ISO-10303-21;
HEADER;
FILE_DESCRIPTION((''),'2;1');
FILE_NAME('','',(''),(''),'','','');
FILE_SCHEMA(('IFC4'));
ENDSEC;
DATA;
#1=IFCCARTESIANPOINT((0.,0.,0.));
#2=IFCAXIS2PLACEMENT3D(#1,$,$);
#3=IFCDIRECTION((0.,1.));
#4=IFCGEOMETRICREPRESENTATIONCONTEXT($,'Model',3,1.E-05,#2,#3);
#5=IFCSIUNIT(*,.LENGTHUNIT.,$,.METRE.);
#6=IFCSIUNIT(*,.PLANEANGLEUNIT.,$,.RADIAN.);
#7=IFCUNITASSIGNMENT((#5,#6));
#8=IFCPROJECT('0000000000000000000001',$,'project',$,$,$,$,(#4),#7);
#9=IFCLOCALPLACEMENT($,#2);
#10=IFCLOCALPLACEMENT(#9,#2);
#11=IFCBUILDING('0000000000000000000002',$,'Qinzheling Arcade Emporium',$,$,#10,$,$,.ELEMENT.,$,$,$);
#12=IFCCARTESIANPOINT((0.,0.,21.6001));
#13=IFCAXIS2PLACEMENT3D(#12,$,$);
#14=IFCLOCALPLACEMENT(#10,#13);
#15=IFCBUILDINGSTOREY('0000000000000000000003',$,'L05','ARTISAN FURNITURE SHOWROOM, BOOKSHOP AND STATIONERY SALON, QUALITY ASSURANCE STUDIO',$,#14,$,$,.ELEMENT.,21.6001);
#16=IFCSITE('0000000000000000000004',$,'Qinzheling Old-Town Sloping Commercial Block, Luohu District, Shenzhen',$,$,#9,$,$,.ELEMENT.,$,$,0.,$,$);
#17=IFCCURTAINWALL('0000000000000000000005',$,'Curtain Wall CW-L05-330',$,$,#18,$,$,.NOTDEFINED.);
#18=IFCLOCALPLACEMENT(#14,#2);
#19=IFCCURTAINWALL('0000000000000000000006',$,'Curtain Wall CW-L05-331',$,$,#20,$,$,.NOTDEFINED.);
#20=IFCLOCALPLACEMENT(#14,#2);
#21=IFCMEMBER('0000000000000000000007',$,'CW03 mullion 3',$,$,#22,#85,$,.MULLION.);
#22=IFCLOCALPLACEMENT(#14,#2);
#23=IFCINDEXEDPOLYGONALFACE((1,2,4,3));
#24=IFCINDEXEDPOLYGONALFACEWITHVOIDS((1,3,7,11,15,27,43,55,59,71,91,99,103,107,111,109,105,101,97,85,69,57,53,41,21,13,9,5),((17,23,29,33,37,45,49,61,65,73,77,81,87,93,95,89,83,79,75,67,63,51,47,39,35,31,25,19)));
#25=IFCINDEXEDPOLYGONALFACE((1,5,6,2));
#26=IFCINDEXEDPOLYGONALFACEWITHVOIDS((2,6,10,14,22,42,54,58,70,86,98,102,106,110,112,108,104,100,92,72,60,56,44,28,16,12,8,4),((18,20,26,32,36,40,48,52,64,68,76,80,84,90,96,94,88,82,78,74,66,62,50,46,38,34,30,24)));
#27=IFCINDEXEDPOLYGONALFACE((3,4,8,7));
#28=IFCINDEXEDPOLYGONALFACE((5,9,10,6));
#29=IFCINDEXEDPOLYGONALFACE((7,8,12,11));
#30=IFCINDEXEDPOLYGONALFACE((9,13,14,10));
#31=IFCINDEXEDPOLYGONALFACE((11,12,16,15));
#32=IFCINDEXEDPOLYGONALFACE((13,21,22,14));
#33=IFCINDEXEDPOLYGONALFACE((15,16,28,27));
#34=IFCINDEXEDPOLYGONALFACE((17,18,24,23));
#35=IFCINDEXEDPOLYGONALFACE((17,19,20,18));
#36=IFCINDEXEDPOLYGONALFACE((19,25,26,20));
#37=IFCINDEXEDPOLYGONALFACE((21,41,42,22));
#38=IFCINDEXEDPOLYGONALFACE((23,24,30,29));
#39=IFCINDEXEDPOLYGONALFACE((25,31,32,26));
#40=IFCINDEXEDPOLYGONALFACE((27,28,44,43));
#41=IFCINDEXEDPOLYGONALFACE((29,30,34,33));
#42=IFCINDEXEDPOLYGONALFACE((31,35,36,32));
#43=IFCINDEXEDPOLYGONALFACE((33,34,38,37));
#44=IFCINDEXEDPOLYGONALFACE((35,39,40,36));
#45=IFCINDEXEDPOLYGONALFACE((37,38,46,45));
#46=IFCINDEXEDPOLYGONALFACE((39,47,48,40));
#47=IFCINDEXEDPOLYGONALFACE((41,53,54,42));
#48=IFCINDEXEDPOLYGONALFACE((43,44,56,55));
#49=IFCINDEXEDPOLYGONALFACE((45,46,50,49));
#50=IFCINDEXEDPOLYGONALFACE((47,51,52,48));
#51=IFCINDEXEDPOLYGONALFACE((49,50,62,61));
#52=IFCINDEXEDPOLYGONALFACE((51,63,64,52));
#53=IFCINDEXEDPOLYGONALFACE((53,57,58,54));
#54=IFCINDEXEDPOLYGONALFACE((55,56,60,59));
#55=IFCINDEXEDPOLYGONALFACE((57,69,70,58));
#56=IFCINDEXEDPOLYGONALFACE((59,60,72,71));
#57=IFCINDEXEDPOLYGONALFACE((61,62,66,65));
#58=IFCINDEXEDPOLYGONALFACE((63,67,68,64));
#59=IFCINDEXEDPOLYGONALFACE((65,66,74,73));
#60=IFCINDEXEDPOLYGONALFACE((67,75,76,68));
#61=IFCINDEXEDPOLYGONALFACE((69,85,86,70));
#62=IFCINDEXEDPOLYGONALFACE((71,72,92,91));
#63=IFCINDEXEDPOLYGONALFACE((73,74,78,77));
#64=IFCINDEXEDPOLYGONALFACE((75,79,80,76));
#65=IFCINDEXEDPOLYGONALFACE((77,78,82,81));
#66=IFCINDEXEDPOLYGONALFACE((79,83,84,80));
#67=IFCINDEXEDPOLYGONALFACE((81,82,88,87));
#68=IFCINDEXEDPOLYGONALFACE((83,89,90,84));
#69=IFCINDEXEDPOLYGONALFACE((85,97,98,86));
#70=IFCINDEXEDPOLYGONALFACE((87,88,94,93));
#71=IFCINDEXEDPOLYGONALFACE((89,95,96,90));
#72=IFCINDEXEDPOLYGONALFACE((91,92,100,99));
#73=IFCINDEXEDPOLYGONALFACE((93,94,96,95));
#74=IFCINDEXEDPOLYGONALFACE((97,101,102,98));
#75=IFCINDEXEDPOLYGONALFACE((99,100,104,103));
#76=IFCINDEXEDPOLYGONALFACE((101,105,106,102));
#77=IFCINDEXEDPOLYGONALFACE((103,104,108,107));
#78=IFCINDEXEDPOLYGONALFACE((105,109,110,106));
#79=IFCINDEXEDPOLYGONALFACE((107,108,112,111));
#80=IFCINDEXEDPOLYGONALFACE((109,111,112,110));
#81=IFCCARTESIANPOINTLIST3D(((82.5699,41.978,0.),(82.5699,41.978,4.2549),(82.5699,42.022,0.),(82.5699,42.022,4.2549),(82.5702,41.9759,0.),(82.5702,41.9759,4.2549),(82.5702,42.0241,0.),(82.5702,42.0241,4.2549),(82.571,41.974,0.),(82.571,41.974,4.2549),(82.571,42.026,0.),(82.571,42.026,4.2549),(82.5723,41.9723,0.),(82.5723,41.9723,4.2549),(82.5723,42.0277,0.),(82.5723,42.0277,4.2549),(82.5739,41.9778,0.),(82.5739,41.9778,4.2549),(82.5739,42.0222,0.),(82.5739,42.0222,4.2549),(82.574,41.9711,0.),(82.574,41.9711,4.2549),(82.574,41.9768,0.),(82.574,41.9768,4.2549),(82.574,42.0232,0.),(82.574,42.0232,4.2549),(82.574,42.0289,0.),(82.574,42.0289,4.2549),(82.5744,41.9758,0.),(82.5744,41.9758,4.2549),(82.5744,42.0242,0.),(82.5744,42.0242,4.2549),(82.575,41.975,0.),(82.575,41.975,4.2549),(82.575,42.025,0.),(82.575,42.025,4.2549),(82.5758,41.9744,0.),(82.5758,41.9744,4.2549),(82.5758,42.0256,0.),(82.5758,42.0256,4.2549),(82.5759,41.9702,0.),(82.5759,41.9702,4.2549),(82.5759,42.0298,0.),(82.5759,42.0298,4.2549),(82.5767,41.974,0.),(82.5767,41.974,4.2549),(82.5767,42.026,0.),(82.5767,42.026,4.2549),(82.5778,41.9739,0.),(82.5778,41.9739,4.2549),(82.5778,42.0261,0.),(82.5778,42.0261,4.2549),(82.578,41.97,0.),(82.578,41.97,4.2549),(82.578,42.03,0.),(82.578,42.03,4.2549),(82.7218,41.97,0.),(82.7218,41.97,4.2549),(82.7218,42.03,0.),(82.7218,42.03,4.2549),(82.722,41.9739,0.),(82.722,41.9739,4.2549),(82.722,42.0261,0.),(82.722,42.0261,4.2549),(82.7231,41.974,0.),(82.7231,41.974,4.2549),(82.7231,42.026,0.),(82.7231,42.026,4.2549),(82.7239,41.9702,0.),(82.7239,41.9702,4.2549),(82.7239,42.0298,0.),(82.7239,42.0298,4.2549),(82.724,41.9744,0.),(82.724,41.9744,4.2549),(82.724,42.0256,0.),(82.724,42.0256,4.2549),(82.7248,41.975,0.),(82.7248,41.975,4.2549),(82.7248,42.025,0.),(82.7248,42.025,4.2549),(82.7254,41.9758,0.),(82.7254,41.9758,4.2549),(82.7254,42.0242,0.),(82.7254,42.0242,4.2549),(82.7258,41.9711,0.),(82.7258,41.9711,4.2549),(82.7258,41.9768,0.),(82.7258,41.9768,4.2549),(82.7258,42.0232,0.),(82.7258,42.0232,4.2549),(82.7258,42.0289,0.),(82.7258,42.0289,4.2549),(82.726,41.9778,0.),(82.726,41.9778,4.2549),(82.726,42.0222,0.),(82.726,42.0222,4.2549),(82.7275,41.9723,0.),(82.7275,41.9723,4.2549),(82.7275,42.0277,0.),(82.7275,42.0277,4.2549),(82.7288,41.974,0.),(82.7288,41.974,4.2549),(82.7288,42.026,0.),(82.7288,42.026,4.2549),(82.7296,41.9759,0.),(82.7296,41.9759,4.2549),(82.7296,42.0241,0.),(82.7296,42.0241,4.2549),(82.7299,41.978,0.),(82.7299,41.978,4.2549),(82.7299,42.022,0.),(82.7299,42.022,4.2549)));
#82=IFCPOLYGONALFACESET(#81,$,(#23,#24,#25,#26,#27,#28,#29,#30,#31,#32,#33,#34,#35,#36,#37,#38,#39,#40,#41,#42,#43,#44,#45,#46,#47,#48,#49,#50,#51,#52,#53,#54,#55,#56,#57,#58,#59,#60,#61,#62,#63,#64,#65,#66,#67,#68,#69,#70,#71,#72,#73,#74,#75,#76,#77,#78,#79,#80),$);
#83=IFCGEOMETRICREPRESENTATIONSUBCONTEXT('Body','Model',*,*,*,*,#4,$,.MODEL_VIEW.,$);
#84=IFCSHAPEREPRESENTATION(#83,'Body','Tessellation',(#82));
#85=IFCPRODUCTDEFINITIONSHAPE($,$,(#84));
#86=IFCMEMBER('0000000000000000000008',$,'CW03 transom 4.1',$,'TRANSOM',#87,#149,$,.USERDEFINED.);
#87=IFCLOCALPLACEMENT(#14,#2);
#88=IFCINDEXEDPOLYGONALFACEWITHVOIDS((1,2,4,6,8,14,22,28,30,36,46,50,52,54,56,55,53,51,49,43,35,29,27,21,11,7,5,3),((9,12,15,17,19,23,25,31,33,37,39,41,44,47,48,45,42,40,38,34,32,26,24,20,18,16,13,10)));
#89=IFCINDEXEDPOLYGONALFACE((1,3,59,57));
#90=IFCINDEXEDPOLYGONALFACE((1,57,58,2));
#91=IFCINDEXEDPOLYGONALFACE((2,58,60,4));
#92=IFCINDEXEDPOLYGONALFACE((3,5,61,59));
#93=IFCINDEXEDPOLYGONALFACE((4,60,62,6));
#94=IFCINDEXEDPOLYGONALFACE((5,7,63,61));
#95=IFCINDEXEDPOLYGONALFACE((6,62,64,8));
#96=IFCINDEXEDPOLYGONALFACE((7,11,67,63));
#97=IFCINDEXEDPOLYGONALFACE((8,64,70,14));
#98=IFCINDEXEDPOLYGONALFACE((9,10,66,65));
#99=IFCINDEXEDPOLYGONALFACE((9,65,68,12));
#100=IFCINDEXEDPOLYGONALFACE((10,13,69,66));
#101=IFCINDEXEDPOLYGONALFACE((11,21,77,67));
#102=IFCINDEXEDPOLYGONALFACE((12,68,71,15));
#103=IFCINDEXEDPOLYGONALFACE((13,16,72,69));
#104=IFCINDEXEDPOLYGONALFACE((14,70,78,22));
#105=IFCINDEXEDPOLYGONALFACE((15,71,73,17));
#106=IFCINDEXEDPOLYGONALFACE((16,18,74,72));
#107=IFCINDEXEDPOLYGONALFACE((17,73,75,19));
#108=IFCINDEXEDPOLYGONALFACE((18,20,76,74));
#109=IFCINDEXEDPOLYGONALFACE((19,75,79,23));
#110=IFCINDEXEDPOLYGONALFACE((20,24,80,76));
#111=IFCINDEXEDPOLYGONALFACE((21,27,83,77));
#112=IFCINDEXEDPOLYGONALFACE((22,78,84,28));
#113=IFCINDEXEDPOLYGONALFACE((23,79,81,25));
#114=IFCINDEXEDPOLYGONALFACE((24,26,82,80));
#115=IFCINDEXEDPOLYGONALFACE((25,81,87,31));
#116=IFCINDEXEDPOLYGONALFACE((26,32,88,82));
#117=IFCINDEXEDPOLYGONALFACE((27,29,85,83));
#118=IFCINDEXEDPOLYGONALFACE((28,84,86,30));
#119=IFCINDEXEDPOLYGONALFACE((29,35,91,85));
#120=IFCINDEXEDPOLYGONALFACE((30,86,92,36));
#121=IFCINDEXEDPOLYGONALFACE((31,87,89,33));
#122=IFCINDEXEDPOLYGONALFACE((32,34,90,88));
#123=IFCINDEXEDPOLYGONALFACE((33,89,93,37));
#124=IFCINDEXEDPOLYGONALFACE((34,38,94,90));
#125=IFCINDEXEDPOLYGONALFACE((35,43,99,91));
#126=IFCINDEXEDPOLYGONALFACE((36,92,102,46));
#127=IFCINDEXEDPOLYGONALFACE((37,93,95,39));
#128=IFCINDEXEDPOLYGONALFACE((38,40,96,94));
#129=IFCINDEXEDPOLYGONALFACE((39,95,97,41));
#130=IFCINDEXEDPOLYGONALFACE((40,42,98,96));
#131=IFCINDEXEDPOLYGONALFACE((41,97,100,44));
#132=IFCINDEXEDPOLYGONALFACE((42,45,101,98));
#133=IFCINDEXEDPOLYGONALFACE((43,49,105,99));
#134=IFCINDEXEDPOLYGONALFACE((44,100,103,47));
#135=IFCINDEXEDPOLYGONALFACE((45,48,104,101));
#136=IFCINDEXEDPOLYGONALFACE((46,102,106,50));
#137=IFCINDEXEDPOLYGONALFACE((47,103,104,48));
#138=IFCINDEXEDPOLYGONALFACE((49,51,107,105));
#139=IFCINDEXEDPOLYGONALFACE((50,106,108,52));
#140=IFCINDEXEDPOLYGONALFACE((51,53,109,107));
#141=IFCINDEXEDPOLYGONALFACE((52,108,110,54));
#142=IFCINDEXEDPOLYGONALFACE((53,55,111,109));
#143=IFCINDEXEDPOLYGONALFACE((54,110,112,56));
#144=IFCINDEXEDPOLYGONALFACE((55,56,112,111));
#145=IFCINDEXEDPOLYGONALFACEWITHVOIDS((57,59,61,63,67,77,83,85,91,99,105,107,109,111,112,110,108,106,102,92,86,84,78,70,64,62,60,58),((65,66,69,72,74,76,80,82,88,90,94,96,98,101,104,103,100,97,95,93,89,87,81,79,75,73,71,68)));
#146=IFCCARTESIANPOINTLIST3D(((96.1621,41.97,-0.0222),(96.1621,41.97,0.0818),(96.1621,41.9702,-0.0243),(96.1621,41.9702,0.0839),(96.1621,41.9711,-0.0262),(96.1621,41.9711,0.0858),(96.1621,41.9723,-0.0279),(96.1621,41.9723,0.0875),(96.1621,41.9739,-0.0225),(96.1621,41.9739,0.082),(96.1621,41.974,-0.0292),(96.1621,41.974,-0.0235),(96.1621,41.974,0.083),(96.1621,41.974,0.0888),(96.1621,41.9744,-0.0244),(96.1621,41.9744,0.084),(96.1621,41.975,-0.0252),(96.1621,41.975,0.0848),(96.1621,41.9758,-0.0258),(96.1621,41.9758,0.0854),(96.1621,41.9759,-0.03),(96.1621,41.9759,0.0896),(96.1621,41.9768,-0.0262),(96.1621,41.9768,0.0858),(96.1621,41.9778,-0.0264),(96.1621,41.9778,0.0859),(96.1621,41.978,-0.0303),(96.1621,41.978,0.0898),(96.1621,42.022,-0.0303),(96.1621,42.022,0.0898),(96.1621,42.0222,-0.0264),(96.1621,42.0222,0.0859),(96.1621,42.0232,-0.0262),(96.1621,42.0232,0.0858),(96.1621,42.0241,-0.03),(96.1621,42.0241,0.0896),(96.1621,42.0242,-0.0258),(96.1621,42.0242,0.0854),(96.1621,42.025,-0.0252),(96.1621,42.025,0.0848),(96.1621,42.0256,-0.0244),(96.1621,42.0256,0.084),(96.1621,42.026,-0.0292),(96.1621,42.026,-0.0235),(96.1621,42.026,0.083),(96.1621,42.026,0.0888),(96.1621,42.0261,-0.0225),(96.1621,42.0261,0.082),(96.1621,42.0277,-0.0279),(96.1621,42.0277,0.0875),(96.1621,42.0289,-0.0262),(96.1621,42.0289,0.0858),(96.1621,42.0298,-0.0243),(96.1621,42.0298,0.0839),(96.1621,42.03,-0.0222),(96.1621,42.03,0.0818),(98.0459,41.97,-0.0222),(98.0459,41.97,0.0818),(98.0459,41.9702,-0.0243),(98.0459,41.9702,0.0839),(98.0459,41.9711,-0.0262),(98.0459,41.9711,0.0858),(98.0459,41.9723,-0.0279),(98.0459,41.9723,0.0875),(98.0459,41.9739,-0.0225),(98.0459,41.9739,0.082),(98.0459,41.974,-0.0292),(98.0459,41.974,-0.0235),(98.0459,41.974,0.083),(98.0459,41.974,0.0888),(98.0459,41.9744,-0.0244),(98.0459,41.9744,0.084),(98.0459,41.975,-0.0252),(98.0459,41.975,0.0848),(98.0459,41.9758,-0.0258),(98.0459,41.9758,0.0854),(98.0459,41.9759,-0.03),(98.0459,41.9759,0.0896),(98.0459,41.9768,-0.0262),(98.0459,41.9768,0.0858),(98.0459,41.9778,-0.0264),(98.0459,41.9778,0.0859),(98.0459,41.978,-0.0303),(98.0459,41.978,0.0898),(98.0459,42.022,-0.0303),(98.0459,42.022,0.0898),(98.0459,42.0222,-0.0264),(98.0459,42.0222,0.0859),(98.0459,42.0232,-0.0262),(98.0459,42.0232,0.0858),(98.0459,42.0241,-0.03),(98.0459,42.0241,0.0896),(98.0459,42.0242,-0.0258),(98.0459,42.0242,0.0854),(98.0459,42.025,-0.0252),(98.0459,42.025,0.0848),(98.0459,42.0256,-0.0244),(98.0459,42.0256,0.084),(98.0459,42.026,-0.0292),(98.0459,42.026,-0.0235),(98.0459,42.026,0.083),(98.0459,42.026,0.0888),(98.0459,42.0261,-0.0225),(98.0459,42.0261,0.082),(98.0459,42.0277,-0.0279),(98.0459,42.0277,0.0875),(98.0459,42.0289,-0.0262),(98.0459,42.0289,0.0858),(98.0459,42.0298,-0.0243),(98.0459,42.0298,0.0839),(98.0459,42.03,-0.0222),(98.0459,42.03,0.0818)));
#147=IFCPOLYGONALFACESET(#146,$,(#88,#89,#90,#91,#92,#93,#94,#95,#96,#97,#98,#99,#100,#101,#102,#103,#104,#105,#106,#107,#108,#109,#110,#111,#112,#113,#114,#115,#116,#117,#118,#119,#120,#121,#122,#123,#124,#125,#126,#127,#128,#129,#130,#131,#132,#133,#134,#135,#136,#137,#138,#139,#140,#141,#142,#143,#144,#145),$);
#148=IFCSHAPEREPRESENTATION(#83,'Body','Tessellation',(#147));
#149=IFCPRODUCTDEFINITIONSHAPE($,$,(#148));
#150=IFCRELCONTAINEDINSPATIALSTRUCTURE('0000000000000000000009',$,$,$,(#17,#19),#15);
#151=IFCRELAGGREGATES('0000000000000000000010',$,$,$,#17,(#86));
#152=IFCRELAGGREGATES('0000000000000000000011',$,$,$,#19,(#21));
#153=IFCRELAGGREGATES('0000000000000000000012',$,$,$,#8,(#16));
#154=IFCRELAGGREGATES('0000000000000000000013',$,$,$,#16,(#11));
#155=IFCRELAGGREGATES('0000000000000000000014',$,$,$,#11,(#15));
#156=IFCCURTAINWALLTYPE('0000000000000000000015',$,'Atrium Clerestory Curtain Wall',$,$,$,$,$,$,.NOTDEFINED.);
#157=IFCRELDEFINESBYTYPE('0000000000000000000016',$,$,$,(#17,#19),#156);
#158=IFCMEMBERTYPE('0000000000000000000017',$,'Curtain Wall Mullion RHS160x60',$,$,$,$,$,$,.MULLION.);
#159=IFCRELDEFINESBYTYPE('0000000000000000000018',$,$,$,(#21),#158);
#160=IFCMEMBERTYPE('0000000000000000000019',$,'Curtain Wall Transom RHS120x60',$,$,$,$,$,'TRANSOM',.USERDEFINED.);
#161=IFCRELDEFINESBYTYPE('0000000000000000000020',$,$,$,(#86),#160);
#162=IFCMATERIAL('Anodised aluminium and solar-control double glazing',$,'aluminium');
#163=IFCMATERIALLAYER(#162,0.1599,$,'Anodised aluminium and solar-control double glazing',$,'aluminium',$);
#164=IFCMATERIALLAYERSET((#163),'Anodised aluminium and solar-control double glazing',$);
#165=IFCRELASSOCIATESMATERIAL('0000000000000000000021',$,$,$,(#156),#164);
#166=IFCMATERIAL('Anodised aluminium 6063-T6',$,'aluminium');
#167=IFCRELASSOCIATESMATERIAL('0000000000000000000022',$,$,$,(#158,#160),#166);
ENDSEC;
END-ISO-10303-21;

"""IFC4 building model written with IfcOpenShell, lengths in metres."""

from ifc_helpers import new_model, si_unit, direction, frame, origin, origin_2d, place, context, subcontext, project, spatial, hollow_rectangle, extrude, material, layer, layer_set, material_profile, profile_set, type_object, element, aggregate, save


model = new_model("IFC4")

# Units and contexts
model_context = context("Model", 3, precision=1e-05, world=origin(), true_north=direction((0.0, 1.0)))
body_context = subcontext(model_context, "Body", "Model", "MODEL_VIEW")
ifc_project = project(units=[si_unit("LENGTHUNIT", "METRE"), si_unit("PLANEANGLEUNIT", "RADIAN")], contexts=[model_context])

# Site, building, storey
site_placement = place(None, origin())
site = spatial("IfcSite", under=ifc_project, at=site_placement, Name="Qinzheling Old-Town Sloping Commercial Block, Luohu District, Shenzhen", CompositionType="ELEMENT", RefElevation=0.0)
building_placement = place(site_placement, origin())
building = spatial("IfcBuilding", under=site, at=building_placement, Name="Qinzheling Arcade Emporium", CompositionType="ELEMENT")
storey_placement = place(building_placement, frame((0.0, 0.0, 21.6001)))
storey = spatial("IfcBuildingStorey", under=building, at=storey_placement, Name="L05", Description="ARTISAN FURNITURE SHOWROOM, BOOKSHOP AND STATIONERY SALON, QUALITY ASSURANCE STUDIO", CompositionType="ELEMENT", Elevation=21.6001)

# Curtain walls, member
ifc_material_1 = material(Name="Anodised aluminium and solar-control double glazing", Category="aluminium")
ifc_layer_1 = layer(ifc_material_1, 0.1599, Name="Anodised aluminium and solar-control double glazing", Category="aluminium")
ifc_layer_set_1 = layer_set([ifc_layer_1], Name="Anodised aluminium and solar-control double glazing")
curtain_wall_type = type_object("IfcCurtainWallType", Name="Atrium Clerestory Curtain Wall", PredefinedType="NOTDEFINED", material=ifc_layer_set_1)
curtain_wall_1_placement = place(storey_placement, origin())
curtain_wall_1 = element("IfcCurtainWall", 1, at=curtain_wall_1_placement, inside=storey, type_object=curtain_wall_type, Name="Curtain Wall CW-L05-330", PredefinedType="NOTDEFINED")
ifc_material_2 = material(Name="Anodised aluminium 6063-T6", Category="aluminium")
ifc_material_profile_1 = material_profile(ifc_material_2, hollow_rectangle(XDim=0.0601, YDim=0.1599, WallThickness=0.0039, InnerFilletRadius=0.0039, OuterFilletRadius=0.0081, at=origin_2d()), Name="RHS 160x60x4", Category="aluminium")
ifc_profile_set_1 = profile_set([ifc_material_profile_1], Name="Anodised aluminium 6063-T6")
member_type_1 = type_object("IfcMemberType", Name="Curtain Wall Mullion RHS160x60", PredefinedType="MULLION", material=ifc_profile_set_1)
curtain_wall_2_placement = place(storey_placement, origin())
curtain_wall_2 = element("IfcCurtainWall", 2, at=curtain_wall_2_placement, inside=storey, type_object=curtain_wall_type, Name="Curtain Wall CW-L05-331", PredefinedType="NOTDEFINED")
member_1_placement = place(storey_placement, frame((82.6499, 42.0, 0.0), z_axis=(0.0, 0.0, 1.0), x_axis=(0.0, -1.0, 0.0)))
member_1 = element("IfcMember", 3, at=member_1_placement, type_object=member_type_1, Name="CW03 mullion 3", PredefinedType="MULLION", context=body_context, shape_type="SweptSolid", body=[
    extrude(hollow_rectangle(XDim=0.0601, YDim=0.1599, WallThickness=0.0039, InnerFilletRadius=0.0039, OuterFilletRadius=0.0081, at=origin_2d()), origin(), (0.0, 0.0, 1.0), 4.2549),
])

# Member
ifc_material_profile_2 = material_profile(ifc_material_2, hollow_rectangle(XDim=0.0601, YDim=0.1201, WallThickness=0.0039, InnerFilletRadius=0.0039, OuterFilletRadius=0.0081, at=origin_2d()), Name="RHS 120x60x4", Category="aluminium")
ifc_profile_set_2 = profile_set([ifc_material_profile_2], Name="Anodised aluminium 6063-T6")
member_type_2 = type_object("IfcMemberType", Name="Curtain Wall Transom RHS120x60", ElementType="TRANSOM", PredefinedType="USERDEFINED", material=ifc_profile_set_2)
member_2_placement = place(storey_placement, frame((98.0459, 42.0, 0.0298), z_axis=(-1.0, 0.0, 0.0), x_axis=(0.0, -1.0, 0.0)))
member_2 = element("IfcMember", 4, at=member_2_placement, type_object=member_type_2, Name="CW03 transom 4.1", ObjectType="TRANSOM", PredefinedType="USERDEFINED", context=body_context, shape_type="SweptSolid", body=[
    extrude(hollow_rectangle(XDim=0.0601, YDim=0.1201, WallThickness=0.0039, InnerFilletRadius=0.0039, OuterFilletRadius=0.0081, at=origin_2d()), origin(), (0.0, 0.0, 1.0), 1.8838),
])

aggregate(curtain_wall_1, [member_2])
aggregate(curtain_wall_2, [member_1])

save(model, "model.ifc")
